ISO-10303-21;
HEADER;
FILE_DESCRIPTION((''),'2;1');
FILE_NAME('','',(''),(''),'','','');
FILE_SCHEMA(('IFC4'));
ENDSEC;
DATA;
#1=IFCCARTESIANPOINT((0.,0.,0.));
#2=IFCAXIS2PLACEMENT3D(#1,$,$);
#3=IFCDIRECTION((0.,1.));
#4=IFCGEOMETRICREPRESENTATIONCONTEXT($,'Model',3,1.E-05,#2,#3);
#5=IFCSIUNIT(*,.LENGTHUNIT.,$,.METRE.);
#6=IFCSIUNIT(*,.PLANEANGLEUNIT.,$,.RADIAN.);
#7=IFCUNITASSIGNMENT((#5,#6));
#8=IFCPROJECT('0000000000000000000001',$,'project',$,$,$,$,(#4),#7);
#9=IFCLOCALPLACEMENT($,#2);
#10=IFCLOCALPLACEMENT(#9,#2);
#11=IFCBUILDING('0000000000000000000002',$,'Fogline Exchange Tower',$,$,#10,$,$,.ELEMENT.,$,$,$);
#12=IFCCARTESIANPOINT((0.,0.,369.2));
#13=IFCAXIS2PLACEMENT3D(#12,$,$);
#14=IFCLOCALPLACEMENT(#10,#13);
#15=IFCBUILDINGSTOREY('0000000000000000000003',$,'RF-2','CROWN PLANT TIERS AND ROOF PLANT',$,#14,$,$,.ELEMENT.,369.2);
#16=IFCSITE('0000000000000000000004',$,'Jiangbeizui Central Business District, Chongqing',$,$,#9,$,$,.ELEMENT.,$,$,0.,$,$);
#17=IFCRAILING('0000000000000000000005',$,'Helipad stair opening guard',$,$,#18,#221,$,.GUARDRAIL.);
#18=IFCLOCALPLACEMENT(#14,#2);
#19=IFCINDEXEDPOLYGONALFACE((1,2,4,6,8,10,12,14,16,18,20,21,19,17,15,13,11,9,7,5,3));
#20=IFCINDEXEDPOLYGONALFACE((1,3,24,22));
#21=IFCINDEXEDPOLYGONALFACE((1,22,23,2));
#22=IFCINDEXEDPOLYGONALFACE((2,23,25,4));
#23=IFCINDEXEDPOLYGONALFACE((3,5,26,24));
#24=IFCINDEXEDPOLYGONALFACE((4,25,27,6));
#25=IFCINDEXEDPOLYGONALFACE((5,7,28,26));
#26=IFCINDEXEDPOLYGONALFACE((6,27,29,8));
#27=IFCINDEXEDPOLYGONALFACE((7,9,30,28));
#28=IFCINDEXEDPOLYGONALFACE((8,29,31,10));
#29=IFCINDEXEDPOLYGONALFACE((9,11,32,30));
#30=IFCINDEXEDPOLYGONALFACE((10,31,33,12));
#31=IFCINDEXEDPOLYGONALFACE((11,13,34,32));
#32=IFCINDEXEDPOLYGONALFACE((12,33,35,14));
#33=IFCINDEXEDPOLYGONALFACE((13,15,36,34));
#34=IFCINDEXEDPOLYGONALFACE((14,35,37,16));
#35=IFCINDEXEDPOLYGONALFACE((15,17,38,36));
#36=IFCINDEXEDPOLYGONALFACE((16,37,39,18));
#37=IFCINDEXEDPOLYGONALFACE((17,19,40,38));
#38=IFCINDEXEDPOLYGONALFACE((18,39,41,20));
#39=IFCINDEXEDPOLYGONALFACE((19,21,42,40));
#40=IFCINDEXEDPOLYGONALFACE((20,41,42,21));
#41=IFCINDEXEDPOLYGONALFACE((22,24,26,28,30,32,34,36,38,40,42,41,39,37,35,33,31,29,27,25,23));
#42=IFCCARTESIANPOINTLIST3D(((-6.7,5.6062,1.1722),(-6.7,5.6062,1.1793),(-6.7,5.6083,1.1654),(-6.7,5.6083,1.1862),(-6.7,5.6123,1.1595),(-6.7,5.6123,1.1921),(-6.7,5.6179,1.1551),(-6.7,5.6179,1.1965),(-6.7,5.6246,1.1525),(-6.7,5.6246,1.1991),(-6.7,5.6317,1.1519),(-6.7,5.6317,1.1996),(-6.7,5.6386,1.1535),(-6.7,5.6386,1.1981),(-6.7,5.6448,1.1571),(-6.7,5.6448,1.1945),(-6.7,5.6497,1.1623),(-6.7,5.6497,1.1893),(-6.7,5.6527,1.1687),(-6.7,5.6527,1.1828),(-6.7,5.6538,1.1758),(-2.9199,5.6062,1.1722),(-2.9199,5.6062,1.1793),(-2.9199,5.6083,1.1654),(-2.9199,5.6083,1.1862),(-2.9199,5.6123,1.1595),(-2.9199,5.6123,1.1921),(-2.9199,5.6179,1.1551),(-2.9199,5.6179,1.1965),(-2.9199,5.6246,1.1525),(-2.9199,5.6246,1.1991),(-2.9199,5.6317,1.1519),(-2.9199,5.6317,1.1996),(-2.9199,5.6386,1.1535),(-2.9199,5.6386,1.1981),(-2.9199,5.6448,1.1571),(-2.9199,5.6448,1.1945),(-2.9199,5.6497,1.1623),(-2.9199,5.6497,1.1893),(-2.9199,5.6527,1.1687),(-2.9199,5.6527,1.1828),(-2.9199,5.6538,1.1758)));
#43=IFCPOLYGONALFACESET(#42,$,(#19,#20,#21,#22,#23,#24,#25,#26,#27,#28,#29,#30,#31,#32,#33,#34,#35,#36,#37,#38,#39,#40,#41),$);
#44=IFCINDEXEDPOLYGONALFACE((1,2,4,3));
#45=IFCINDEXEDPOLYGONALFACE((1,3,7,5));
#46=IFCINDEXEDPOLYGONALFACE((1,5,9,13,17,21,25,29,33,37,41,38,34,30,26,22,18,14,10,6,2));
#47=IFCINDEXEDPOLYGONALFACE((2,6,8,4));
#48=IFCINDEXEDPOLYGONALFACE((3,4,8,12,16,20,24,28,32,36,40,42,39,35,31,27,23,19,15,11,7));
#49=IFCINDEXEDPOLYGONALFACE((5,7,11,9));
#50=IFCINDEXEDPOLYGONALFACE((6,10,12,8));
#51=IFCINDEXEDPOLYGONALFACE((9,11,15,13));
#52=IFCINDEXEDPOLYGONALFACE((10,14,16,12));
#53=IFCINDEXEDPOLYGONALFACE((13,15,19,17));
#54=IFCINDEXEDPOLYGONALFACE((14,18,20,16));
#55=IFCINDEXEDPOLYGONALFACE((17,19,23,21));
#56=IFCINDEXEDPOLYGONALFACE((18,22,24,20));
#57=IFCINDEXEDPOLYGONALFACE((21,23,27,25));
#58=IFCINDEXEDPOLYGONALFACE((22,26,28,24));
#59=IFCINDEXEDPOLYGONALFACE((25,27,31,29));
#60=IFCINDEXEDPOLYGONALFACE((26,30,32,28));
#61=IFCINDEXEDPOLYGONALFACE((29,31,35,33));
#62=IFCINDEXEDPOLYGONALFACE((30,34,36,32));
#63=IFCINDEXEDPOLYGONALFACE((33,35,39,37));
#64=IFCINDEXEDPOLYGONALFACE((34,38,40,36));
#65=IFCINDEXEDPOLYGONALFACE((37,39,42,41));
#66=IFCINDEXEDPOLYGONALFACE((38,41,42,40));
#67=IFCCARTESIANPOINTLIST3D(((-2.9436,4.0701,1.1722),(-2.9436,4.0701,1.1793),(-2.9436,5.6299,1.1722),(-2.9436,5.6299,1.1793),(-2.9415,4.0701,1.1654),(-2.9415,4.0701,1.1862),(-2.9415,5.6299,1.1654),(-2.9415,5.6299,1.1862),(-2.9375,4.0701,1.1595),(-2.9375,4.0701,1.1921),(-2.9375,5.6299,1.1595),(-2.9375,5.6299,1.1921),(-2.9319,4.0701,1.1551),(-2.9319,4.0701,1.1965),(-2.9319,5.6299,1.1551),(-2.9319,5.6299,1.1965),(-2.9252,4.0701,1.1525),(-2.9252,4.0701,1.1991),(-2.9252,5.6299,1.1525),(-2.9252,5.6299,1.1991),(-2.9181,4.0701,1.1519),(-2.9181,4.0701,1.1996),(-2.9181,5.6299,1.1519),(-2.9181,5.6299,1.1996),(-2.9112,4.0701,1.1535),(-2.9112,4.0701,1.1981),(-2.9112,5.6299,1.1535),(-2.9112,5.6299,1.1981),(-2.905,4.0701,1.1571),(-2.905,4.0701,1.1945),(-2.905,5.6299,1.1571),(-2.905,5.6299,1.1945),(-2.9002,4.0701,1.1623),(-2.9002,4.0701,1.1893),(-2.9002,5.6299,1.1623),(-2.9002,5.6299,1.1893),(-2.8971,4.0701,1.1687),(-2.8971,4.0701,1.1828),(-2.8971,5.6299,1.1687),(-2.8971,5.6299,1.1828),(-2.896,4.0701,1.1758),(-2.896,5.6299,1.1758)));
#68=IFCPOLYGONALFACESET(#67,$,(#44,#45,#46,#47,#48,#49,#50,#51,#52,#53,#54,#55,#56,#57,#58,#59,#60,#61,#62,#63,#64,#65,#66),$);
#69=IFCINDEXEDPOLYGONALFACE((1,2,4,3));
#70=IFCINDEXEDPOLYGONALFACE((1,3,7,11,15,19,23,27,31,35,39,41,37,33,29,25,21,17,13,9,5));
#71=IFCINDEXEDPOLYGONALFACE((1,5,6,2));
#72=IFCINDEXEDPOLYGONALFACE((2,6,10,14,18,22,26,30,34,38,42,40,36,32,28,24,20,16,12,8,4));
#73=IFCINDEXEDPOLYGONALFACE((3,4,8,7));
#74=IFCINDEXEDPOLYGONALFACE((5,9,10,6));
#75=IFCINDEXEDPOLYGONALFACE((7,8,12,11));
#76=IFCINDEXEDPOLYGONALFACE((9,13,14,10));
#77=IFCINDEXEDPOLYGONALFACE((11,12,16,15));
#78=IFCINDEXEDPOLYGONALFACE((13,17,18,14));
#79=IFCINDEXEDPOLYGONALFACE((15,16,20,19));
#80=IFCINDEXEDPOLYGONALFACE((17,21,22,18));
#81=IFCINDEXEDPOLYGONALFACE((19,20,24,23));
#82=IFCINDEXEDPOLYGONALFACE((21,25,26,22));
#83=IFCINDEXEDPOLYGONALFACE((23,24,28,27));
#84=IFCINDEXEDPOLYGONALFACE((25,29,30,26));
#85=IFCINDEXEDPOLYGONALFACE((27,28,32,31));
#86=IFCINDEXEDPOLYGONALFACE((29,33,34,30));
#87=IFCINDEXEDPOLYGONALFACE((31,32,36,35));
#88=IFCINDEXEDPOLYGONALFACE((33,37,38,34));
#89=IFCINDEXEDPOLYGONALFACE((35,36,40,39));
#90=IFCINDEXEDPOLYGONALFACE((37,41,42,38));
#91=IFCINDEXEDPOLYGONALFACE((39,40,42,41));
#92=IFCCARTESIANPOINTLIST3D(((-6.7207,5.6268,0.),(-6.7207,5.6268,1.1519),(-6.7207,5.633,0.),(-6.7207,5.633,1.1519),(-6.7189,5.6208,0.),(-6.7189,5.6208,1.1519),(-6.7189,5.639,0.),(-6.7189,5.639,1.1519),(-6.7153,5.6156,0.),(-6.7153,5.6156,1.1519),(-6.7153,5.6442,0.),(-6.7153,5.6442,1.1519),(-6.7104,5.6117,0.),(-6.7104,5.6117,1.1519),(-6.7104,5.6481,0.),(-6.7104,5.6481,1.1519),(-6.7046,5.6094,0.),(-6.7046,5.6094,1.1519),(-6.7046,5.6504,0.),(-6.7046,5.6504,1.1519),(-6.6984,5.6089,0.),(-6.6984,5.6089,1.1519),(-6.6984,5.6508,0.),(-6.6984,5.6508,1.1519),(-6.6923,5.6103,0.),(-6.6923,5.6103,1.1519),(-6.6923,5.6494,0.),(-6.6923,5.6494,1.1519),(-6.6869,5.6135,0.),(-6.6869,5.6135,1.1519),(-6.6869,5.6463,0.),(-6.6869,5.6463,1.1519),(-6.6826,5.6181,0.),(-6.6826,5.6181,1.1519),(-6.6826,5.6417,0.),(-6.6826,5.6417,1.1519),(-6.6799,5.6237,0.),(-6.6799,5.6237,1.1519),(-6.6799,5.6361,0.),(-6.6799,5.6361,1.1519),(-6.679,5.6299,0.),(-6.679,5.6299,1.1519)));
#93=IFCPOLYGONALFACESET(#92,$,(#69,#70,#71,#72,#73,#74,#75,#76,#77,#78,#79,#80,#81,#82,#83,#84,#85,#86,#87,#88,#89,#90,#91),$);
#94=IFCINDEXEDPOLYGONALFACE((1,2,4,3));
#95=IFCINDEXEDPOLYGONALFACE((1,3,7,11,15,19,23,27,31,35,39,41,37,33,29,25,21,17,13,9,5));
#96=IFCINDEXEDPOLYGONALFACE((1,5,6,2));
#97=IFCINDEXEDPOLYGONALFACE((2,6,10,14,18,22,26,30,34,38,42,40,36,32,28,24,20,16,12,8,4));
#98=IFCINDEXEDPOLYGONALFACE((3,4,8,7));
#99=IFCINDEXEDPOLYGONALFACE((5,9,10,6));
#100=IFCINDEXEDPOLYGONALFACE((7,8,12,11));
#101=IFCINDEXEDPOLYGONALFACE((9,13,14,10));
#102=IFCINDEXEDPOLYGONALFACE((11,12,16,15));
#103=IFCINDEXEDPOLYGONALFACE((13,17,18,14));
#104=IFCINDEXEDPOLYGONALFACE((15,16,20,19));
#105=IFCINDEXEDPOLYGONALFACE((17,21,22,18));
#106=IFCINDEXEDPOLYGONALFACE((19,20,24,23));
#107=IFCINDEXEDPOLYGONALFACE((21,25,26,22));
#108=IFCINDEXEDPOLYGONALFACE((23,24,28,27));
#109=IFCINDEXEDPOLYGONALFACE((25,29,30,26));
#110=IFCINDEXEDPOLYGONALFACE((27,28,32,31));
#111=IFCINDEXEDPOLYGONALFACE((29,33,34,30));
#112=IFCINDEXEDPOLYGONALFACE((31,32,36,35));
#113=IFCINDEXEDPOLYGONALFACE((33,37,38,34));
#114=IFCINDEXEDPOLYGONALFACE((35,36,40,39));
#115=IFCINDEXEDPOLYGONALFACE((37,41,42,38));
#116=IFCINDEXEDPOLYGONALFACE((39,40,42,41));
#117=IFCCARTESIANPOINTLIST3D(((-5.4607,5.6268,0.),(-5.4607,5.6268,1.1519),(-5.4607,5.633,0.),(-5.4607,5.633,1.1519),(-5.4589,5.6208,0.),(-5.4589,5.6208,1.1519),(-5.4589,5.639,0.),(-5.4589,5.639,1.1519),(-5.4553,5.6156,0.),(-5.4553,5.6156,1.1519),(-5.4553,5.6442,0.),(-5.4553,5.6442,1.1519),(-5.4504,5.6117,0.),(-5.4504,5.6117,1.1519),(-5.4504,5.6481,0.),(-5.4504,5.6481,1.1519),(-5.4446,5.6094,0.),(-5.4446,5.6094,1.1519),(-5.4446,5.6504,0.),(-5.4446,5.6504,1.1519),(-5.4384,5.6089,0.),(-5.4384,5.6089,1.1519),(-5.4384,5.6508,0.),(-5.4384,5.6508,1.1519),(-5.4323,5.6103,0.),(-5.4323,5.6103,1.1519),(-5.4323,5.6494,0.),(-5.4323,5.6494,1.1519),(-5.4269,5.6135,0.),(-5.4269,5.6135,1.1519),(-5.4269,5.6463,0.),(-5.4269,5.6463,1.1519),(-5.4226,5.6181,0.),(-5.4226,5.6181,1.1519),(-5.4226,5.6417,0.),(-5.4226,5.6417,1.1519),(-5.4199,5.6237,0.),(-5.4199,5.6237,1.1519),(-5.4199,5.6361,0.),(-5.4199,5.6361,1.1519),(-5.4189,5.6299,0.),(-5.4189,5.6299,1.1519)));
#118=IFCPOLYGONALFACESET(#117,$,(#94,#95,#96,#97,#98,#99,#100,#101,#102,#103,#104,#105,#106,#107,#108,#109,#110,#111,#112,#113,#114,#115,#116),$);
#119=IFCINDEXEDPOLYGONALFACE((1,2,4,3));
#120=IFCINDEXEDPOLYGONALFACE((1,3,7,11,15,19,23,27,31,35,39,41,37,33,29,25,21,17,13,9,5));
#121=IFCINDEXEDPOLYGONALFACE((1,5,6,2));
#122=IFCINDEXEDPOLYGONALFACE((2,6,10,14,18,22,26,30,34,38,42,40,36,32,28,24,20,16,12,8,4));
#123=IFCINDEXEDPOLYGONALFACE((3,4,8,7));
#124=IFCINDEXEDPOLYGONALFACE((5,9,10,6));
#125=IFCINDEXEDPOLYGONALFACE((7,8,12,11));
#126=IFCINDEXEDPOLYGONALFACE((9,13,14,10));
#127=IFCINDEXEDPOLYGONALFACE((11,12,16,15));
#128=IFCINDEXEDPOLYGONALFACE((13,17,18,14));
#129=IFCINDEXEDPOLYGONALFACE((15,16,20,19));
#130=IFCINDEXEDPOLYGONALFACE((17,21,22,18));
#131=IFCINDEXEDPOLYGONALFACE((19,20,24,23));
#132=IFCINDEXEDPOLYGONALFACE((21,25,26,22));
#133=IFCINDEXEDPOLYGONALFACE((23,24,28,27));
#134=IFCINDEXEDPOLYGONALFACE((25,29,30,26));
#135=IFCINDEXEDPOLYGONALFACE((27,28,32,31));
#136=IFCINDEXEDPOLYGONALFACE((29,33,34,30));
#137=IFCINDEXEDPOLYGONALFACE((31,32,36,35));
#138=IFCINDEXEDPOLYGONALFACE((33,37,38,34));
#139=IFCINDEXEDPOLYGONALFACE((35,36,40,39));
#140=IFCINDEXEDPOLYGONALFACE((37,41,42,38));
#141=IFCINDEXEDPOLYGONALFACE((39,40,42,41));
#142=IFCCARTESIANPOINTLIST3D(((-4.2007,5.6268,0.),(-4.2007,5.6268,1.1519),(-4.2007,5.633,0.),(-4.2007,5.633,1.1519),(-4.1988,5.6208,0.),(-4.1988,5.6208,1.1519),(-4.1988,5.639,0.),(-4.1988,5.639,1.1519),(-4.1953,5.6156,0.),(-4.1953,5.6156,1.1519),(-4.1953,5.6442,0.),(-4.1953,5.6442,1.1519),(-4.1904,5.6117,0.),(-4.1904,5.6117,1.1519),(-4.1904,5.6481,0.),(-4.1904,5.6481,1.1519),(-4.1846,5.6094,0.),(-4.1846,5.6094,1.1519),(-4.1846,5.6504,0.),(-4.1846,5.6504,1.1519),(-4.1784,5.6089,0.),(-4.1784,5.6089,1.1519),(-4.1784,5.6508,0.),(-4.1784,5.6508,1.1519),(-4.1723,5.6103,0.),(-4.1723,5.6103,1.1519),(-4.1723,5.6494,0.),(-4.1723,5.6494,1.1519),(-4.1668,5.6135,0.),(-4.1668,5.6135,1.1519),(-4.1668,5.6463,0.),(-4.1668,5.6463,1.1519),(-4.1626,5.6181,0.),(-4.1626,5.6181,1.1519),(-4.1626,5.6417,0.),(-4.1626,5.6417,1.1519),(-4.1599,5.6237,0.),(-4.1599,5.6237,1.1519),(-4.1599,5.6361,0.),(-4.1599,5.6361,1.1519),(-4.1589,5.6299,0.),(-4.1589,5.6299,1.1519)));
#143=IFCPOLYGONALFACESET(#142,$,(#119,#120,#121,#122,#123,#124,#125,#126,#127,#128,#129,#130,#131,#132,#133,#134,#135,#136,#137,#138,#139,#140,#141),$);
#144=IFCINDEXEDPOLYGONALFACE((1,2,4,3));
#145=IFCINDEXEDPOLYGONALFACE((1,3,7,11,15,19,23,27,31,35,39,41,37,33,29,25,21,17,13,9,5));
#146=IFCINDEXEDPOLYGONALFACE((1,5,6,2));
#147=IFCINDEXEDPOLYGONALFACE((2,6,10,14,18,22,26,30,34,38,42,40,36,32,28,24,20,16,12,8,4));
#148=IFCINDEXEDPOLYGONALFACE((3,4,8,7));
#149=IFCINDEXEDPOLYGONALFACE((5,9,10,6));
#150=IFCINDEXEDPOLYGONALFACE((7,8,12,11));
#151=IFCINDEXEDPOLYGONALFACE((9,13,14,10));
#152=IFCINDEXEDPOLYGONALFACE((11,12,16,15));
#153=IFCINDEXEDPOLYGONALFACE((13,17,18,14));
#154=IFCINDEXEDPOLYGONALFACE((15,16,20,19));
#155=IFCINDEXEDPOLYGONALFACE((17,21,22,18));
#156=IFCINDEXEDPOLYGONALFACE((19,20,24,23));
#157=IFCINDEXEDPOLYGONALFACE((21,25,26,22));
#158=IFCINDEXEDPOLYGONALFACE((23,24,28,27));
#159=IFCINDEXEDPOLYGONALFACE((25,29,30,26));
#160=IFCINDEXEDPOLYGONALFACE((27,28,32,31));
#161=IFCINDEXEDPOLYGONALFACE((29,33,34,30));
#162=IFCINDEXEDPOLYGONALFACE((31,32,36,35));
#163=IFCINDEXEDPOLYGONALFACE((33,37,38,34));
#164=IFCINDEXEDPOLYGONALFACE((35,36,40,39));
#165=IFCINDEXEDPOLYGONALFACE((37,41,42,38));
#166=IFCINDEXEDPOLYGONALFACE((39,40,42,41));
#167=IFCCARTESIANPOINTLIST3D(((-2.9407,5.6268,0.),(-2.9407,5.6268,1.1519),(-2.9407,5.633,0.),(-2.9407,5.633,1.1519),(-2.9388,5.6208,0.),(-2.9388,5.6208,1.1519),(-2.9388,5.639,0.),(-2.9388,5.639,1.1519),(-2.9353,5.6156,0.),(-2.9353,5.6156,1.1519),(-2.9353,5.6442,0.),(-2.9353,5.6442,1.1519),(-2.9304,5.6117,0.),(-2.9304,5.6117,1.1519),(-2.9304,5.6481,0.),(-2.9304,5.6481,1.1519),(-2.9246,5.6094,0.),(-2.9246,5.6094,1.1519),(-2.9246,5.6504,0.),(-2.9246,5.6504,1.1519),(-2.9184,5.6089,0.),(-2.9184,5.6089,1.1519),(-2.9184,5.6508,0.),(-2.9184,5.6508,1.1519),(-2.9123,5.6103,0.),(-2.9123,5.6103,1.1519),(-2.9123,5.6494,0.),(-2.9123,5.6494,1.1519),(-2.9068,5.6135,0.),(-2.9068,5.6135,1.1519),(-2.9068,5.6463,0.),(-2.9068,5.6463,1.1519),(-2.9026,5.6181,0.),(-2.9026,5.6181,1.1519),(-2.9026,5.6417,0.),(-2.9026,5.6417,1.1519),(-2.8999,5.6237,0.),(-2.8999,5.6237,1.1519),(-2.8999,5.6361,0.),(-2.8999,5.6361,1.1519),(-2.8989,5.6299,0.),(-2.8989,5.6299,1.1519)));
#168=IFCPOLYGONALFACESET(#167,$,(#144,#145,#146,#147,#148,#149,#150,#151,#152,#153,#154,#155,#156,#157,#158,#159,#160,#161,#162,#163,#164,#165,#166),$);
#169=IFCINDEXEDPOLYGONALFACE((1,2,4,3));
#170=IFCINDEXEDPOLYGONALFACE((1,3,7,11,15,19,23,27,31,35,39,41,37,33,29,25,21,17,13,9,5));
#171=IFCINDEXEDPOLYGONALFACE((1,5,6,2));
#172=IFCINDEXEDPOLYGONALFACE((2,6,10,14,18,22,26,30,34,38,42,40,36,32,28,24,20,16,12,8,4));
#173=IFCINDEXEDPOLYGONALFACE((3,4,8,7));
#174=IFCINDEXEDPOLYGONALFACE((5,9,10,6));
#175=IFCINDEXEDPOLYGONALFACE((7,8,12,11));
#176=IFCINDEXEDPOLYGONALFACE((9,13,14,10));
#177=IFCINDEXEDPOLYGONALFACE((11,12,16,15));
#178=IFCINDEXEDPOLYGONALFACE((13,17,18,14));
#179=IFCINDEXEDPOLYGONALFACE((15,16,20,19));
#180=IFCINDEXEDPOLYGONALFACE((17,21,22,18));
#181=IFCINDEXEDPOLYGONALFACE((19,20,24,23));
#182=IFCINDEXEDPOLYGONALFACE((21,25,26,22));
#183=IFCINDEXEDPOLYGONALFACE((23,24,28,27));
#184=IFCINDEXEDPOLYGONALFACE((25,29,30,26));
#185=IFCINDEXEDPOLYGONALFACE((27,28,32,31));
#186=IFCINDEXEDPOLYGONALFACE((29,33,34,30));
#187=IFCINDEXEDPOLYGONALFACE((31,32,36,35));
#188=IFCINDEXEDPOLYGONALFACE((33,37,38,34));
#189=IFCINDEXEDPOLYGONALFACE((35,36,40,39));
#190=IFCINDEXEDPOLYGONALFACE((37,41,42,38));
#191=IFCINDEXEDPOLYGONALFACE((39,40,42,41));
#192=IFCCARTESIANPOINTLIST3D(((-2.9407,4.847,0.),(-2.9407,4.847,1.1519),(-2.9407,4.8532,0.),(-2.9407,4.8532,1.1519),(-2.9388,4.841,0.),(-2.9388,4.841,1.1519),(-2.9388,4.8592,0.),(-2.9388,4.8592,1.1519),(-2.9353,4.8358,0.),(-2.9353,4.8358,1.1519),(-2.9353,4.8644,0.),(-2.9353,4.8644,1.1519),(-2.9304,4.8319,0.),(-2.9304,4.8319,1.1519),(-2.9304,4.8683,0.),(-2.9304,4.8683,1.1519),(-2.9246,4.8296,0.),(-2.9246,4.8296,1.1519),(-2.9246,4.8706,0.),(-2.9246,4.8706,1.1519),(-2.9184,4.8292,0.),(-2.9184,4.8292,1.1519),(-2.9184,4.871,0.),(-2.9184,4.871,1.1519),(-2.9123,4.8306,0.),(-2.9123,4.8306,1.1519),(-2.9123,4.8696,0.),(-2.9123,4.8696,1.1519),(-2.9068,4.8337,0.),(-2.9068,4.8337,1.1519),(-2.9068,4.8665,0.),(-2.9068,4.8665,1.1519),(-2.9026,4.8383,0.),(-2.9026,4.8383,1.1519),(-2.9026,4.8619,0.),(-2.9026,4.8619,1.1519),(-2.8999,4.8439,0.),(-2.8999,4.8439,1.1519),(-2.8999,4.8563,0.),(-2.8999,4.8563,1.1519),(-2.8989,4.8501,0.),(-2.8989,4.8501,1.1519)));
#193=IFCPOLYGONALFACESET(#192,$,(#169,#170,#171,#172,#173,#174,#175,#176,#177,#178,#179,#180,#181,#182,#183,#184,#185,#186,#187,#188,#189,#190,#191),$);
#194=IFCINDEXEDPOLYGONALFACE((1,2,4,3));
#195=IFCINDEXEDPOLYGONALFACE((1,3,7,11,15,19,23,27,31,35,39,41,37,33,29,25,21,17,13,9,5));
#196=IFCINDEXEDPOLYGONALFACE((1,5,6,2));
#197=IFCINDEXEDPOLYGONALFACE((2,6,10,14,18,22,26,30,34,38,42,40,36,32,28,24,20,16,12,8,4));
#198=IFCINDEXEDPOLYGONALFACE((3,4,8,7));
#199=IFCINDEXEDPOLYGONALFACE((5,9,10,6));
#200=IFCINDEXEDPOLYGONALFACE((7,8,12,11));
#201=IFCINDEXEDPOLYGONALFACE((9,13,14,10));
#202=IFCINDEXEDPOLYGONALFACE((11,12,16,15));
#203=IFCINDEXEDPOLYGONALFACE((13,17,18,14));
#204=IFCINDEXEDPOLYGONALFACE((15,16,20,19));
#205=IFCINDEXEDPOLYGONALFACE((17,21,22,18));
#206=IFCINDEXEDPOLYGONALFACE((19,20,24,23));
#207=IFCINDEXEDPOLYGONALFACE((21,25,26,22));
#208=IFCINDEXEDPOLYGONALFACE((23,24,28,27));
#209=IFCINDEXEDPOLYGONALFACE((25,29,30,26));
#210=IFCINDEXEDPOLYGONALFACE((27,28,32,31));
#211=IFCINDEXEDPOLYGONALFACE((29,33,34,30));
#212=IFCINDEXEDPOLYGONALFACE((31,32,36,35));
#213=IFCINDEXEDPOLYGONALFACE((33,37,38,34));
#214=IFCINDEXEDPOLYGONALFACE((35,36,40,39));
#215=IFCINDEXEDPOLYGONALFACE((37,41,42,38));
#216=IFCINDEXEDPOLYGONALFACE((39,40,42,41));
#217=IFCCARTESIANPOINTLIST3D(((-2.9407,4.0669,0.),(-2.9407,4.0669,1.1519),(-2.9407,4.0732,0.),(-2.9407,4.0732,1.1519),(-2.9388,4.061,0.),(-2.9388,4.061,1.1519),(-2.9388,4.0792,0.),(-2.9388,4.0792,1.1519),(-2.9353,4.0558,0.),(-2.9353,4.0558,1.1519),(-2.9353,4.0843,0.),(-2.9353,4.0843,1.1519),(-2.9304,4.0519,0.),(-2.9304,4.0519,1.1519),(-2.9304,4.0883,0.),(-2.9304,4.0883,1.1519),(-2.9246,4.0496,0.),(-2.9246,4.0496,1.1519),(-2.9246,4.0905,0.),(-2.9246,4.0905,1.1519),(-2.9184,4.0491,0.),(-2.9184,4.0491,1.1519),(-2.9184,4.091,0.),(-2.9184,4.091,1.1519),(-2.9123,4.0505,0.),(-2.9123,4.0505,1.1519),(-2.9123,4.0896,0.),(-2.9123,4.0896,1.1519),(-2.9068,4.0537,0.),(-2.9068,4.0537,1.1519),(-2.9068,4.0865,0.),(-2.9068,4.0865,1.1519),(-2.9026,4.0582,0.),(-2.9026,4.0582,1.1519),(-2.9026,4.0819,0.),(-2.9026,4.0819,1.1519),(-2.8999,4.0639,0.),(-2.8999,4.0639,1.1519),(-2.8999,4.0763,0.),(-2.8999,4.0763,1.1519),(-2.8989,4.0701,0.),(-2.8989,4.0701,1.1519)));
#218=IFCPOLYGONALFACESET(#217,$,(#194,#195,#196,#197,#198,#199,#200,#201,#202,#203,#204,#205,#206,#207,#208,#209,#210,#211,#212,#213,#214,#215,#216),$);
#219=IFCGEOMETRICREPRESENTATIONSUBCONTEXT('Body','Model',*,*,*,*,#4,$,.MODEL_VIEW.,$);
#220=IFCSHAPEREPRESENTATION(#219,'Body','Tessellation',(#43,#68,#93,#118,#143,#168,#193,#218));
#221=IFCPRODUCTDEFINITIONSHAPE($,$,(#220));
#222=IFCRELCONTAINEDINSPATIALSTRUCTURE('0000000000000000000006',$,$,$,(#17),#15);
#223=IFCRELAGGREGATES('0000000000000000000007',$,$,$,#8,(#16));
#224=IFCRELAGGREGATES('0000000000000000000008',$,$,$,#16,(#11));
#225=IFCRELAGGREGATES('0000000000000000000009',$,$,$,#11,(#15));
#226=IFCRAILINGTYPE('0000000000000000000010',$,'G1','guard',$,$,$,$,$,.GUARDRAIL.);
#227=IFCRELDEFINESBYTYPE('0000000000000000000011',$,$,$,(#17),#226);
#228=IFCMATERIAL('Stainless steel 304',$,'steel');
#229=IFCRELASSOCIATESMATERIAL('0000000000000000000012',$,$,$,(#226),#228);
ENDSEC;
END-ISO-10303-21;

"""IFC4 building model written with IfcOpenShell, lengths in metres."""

from ifc_helpers import new_model, si_unit, direction, frame, origin, origin_2d, place, context, subcontext, project, spatial, circle, extrude, material, type_object, element, save


model = new_model("IFC4")

# Units and contexts
model_context = context("Model", 3, precision=1e-05, world=origin(), true_north=direction((0.0, 1.0)))
body_context = subcontext(model_context, "Body", "Model", "MODEL_VIEW")
ifc_project = project(units=[si_unit("LENGTHUNIT", "METRE"), si_unit("PLANEANGLEUNIT", "RADIAN")], contexts=[model_context])

# Site, building, storey
site_placement = place(None, origin())
site = spatial("IfcSite", under=ifc_project, at=site_placement, Name="Jiangbeizui Central Business District, Chongqing", CompositionType="ELEMENT", RefElevation=0.0)
building_placement = place(site_placement, origin())
building = spatial("IfcBuilding", under=site, at=building_placement, Name="Fogline Exchange Tower", CompositionType="ELEMENT")
storey_placement = place(building_placement, frame((0.0, 0.0, 369.2)))
storey = spatial("IfcBuildingStorey", under=building, at=storey_placement, Name="RF-2", Description="CROWN PLANT TIERS AND ROOF PLANT", CompositionType="ELEMENT", Elevation=369.2)

# Railing
ifc_material_1 = material(Name="Stainless steel 304", Category="steel")
railing_type_1 = type_object("IfcRailingType", Name="G1", Description="guard", PredefinedType="GUARDRAIL", material=ifc_material_1)
railing_1_placement = place(storey_placement, frame((-6.7, 5.6299, 0.0)))
element("IfcRailing", 1, at=railing_1_placement, inside=storey, type_object=railing_type_1, Name="Helipad stair opening guard", PredefinedType="GUARDRAIL", context=body_context, shape_type="SweptSolid", body=[
    extrude(circle(Radius=0.0239, at=origin_2d()), frame((0.0, 0.0, 1.1758), z_axis=(1.0, 0.0, 0.0), x_axis=(0.0, 1.0, 0.0)), (0.0, 0.0, 1.0), 3.78),
    extrude(circle(Radius=0.0239, at=origin_2d()), frame((3.78, 0.0, 1.1758), z_axis=(0.0, -1.0, 0.0), x_axis=(1.0, 0.0, 0.0)), (0.0, 0.0, 1.0), 1.5598),
    extrude(circle(Radius=0.021, at=origin_2d()), origin(), (0.0, 0.0, 1.0), 1.1519),
    extrude(circle(Radius=0.021, at=origin_2d()), frame((1.26, 0.0, 0.0)), (0.0, 0.0, 1.0), 1.1519),
    extrude(circle(Radius=0.021, at=origin_2d()), frame((2.52, 0.0, 0.0)), (0.0, 0.0, 1.0), 1.1519),
    extrude(circle(Radius=0.021, at=origin_2d()), frame((3.78, 0.0, 0.0)), (0.0, 0.0, 1.0), 1.1519),
    extrude(circle(Radius=0.021, at=origin_2d()), frame((3.78, -0.7798, 0.0)), (0.0, 0.0, 1.0), 1.1519),
    extrude(circle(Radius=0.021, at=origin_2d()), frame((3.78, -1.5598, 0.0)), (0.0, 0.0, 1.0), 1.1519),
])

save(model, "model.ifc")
